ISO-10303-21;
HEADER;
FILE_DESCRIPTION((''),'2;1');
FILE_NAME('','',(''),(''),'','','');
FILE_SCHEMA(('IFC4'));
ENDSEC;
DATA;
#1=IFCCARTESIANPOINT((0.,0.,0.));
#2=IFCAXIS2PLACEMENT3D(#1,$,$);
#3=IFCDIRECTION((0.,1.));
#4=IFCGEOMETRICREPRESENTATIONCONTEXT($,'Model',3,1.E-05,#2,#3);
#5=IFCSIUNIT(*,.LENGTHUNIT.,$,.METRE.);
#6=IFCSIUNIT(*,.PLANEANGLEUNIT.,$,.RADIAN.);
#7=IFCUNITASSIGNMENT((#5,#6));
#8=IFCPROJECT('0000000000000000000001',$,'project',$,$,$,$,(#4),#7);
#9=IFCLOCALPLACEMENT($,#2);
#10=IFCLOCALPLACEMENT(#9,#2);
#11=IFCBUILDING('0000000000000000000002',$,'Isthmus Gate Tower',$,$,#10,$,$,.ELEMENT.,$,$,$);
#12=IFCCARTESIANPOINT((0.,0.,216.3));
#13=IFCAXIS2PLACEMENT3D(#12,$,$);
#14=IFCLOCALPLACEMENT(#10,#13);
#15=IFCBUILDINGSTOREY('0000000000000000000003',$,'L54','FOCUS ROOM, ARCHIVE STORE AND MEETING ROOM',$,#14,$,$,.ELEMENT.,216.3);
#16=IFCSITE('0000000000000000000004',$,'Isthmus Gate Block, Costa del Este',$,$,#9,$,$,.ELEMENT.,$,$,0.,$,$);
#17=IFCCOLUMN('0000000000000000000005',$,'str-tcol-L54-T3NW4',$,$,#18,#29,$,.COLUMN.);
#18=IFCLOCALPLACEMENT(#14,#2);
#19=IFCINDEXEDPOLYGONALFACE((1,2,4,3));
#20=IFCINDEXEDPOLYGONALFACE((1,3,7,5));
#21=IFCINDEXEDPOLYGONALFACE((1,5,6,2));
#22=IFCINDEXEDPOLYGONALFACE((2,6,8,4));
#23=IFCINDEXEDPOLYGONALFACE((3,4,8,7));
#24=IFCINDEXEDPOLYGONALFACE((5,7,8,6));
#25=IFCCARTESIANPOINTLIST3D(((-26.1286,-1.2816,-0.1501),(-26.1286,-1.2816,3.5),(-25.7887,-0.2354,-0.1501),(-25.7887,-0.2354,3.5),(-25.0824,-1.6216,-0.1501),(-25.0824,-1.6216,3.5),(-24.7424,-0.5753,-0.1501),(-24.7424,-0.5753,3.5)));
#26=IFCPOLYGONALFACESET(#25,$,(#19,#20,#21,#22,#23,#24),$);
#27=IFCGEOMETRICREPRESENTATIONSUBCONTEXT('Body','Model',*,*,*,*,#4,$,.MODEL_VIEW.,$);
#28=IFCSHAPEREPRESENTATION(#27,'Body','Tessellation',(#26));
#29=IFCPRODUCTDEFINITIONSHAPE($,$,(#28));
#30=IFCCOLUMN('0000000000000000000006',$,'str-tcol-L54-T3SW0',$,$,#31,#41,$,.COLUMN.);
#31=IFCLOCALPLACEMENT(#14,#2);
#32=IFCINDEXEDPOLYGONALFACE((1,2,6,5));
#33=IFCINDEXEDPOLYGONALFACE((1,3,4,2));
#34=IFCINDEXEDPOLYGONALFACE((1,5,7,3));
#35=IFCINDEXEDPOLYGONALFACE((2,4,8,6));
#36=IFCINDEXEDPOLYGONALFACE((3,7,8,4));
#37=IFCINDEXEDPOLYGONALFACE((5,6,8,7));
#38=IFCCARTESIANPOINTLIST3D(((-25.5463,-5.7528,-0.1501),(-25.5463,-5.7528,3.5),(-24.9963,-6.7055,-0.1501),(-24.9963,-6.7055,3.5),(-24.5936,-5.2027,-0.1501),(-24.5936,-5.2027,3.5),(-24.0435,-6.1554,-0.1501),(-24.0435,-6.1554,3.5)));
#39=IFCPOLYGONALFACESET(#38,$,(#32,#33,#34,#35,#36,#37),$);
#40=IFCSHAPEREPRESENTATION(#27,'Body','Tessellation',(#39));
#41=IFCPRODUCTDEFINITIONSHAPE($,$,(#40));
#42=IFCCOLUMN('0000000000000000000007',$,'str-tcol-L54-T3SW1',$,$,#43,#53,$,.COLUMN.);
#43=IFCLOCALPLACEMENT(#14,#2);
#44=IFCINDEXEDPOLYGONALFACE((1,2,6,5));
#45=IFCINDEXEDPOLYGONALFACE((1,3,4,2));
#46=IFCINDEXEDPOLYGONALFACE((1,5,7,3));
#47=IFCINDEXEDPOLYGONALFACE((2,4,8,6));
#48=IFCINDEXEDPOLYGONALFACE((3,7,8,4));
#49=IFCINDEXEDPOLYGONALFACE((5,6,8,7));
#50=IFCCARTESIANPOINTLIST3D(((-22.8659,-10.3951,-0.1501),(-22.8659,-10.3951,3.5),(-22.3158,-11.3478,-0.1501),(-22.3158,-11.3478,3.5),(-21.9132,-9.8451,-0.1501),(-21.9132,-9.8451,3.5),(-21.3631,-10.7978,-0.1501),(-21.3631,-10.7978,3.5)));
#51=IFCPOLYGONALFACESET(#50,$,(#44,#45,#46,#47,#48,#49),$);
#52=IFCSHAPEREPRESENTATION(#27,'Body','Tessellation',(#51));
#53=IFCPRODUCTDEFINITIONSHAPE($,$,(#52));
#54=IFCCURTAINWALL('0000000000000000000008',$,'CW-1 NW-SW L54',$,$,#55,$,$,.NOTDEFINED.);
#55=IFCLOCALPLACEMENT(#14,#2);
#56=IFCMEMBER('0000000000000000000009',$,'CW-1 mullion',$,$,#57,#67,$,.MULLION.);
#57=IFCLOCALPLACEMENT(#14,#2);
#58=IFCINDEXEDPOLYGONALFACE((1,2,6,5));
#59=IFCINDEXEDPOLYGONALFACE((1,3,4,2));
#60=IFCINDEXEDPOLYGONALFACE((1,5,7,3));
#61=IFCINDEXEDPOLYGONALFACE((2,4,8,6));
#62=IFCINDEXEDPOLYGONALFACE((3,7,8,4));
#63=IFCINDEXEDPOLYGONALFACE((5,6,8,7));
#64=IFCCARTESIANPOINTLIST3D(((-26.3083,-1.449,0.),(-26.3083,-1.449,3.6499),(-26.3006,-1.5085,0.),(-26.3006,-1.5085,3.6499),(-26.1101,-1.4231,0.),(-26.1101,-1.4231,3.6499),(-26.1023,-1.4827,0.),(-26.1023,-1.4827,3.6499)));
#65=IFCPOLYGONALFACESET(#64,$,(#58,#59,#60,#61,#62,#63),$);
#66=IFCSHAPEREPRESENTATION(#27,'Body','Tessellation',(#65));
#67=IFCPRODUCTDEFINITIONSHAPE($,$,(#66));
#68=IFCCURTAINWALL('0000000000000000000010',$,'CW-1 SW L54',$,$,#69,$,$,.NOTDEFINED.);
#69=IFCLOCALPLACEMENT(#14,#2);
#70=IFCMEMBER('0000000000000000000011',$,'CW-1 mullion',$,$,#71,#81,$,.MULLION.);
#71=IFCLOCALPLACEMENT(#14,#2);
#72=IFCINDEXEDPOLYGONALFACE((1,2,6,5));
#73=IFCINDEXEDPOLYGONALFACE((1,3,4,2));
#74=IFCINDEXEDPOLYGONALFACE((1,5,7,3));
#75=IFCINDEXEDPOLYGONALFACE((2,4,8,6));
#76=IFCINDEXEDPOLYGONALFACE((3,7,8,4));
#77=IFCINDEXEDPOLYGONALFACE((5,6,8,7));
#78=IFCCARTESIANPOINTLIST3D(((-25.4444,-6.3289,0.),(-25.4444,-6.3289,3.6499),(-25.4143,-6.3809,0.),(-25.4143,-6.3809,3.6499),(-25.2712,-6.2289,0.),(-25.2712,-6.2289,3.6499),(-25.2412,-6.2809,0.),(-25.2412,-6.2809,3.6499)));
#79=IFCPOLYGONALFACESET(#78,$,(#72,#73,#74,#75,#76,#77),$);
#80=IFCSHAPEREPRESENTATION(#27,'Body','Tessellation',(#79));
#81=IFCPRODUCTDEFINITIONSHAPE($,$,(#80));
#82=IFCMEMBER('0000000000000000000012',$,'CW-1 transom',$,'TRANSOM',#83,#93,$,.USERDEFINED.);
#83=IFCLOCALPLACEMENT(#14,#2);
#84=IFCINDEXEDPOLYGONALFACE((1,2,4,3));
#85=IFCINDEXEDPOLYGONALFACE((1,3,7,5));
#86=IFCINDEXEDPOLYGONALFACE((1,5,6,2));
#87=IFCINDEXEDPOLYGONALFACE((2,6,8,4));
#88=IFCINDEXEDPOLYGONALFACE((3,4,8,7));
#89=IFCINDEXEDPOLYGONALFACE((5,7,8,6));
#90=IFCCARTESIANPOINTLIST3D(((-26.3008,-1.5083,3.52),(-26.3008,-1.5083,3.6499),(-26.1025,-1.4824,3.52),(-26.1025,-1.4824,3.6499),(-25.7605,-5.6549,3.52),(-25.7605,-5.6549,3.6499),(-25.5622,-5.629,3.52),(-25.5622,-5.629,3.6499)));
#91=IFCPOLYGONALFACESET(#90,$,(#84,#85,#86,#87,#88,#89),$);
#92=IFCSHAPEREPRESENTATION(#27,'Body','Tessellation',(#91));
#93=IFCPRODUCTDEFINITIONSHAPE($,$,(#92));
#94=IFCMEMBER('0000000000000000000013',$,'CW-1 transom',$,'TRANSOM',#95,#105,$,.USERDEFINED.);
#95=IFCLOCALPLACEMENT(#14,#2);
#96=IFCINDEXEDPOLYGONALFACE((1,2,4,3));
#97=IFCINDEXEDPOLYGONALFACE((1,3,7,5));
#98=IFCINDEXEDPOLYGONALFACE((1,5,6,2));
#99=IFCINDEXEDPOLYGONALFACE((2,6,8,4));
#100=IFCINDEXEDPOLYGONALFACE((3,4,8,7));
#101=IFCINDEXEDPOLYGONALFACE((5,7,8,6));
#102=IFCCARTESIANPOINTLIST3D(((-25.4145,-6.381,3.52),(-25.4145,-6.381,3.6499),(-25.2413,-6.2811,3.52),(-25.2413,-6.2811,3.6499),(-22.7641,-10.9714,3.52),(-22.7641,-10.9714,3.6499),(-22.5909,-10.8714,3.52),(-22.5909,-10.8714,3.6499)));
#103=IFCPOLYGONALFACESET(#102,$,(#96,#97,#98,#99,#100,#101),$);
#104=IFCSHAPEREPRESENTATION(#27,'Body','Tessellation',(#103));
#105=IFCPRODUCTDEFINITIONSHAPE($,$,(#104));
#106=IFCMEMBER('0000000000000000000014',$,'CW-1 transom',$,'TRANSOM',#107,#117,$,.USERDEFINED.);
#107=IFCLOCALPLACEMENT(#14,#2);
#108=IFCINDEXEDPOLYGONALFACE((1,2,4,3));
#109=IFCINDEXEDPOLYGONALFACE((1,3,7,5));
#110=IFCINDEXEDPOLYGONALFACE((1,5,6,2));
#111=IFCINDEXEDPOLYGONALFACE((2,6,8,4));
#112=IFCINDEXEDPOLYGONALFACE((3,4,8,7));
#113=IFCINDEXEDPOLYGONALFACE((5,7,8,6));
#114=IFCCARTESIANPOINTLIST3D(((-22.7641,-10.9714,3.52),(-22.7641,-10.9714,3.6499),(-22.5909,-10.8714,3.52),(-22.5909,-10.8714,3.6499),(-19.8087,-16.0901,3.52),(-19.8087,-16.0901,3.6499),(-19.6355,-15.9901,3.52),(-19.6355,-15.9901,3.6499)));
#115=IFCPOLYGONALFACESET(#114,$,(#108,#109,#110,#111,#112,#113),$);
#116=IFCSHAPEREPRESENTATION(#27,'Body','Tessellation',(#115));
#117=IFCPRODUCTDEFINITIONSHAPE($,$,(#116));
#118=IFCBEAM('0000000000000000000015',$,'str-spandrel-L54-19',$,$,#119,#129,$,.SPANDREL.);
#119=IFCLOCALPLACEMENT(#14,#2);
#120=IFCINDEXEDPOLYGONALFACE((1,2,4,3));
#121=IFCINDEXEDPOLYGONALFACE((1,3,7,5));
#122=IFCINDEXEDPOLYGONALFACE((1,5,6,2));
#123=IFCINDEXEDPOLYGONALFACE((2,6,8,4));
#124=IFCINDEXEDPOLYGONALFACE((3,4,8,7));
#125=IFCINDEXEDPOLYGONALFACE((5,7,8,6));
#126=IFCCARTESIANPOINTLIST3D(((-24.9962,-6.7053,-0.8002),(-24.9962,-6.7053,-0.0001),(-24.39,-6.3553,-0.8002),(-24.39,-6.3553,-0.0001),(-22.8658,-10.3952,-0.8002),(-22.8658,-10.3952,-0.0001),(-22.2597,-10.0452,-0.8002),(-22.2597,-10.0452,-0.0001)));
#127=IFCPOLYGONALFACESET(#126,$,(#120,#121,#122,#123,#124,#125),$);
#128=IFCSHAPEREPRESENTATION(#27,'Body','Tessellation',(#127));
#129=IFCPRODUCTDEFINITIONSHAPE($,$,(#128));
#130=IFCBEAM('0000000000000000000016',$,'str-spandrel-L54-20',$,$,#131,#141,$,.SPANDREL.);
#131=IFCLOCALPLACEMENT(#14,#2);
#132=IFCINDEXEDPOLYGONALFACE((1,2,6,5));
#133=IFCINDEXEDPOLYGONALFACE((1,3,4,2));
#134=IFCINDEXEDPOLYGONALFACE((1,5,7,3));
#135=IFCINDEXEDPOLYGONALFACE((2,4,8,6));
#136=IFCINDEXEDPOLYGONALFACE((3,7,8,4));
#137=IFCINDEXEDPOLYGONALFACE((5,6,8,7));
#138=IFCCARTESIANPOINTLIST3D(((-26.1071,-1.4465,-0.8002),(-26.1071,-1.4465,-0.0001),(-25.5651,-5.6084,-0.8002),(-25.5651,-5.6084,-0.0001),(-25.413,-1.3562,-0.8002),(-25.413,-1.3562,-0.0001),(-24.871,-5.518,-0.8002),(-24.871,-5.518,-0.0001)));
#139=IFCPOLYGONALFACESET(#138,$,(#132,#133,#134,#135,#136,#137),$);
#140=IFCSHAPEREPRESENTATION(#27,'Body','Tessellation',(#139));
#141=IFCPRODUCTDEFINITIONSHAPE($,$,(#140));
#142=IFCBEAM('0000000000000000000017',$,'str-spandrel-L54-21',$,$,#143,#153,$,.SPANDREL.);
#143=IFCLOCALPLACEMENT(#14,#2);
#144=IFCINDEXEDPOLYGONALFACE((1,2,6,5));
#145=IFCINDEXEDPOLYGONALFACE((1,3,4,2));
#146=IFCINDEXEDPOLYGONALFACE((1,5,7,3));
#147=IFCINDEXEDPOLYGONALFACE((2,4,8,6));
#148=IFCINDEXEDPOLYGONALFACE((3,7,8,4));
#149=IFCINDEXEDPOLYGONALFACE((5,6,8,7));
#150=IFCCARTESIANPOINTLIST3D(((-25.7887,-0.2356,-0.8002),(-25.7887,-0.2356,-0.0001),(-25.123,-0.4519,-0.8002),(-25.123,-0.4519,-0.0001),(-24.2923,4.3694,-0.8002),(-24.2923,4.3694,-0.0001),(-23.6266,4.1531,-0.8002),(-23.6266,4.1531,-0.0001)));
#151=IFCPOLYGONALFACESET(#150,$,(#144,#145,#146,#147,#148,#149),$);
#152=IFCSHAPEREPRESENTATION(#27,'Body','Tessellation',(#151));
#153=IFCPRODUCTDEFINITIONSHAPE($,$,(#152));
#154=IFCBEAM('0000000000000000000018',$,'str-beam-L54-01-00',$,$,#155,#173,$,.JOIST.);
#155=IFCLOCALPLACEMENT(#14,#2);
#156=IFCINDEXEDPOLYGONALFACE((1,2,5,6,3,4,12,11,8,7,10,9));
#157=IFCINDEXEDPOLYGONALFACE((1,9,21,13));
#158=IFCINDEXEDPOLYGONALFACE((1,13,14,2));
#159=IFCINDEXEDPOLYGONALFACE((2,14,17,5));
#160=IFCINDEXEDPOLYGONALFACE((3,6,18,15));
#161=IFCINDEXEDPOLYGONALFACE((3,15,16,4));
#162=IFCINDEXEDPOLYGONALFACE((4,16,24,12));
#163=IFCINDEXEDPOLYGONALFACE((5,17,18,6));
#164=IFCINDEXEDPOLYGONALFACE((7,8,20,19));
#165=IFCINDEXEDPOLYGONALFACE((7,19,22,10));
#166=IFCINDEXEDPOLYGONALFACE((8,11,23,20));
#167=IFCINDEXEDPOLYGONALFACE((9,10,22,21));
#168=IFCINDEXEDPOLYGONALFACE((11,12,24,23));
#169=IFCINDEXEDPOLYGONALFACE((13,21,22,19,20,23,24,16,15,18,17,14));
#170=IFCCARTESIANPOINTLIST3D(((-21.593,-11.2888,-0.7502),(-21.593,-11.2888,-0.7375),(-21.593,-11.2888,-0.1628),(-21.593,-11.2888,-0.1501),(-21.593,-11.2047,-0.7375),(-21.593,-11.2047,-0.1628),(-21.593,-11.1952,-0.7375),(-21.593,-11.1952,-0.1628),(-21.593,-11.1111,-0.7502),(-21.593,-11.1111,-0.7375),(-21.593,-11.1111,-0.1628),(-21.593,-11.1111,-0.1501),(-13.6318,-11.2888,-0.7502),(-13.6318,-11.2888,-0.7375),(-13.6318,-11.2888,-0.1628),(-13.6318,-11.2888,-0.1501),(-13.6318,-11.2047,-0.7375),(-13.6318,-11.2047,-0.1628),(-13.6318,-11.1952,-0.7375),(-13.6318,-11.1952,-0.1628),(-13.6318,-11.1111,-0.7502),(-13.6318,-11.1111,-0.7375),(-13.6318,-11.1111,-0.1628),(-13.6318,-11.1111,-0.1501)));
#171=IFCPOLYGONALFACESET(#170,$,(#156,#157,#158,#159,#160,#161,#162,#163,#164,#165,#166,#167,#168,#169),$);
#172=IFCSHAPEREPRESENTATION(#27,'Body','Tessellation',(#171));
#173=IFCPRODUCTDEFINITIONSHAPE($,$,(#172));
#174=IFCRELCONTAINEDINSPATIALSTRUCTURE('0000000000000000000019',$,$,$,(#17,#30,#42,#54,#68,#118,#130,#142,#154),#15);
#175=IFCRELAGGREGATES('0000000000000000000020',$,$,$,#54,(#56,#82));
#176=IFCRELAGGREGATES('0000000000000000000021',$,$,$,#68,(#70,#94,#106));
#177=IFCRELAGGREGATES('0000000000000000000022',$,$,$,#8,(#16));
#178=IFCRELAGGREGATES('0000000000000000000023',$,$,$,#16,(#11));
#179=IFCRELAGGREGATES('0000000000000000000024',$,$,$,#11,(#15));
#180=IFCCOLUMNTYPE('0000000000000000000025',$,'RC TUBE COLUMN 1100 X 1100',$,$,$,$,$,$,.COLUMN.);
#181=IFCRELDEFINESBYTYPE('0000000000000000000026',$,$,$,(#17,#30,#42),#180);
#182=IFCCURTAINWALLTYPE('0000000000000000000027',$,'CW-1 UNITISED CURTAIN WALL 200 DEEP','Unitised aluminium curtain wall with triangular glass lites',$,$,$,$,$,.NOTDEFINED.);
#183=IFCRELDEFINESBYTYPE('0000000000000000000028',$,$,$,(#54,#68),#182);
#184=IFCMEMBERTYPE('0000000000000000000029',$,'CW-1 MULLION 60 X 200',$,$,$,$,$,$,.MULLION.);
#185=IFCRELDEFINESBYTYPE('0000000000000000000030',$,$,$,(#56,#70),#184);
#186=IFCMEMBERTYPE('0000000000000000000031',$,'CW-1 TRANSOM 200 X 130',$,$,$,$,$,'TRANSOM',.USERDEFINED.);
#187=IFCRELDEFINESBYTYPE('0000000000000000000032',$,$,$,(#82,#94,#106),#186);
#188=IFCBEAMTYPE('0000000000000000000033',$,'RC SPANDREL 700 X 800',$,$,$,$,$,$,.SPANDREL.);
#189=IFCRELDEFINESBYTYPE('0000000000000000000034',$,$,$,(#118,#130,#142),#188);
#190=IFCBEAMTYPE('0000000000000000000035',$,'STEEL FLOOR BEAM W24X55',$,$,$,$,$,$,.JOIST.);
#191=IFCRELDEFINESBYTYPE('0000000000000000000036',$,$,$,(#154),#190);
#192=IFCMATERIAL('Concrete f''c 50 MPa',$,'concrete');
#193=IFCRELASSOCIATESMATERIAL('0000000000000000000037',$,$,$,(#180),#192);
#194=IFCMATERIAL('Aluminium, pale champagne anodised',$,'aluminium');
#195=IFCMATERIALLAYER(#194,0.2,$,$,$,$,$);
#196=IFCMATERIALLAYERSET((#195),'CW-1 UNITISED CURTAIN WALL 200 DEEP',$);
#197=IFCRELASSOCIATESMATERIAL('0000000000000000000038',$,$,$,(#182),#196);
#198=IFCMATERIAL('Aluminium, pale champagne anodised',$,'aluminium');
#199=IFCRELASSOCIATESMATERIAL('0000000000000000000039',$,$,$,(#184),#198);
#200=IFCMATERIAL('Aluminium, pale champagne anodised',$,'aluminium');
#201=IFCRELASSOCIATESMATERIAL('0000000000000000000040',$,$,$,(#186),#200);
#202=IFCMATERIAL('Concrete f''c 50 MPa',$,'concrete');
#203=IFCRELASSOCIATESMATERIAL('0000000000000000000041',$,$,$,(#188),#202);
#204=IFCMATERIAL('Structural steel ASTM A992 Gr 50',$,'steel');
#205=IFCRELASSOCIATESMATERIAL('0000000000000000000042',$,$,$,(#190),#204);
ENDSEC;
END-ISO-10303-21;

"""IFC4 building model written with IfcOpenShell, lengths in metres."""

from ifc_helpers import new_model, si_unit, direction, frame, origin, origin_2d, place, context, subcontext, project, spatial, rectangle, i_section, extrude, material, layer, layer_set, material_profile, profile_set, type_object, element, aggregate, save


model = new_model("IFC4")

# Units and contexts
model_context = context("Model", 3, precision=1e-05, world=origin(), true_north=direction((0.0, 1.0)))
body_context = subcontext(model_context, "Body", "Model", "MODEL_VIEW")
ifc_project = project(units=[si_unit("LENGTHUNIT", "METRE"), si_unit("PLANEANGLEUNIT", "RADIAN")], contexts=[model_context])

# Site, building, storey
site_placement = place(None, origin())
site = spatial("IfcSite", under=ifc_project, at=site_placement, Name="Isthmus Gate Block, Costa del Este", CompositionType="ELEMENT", RefElevation=0.0)
building_placement = place(site_placement, origin())
building = spatial("IfcBuilding", under=site, at=building_placement, Name="Isthmus Gate Tower", CompositionType="ELEMENT")
storey_placement = place(building_placement, frame((0.0, 0.0, 216.3)))
storey = spatial("IfcBuildingStorey", under=building, at=storey_placement, Name="L54", Description="FOCUS ROOM, ARCHIVE STORE AND MEETING ROOM", CompositionType="ELEMENT", Elevation=216.3)

# Columns
ifc_material_1 = material(Name="Concrete f'c 50 MPa", Category="concrete")
ifc_material_profile_1 = material_profile(ifc_material_1, rectangle(XDim=1.1001, YDim=1.1001, at=origin_2d()), Name="RC 1100X1100")
ifc_profile_set_1 = profile_set([ifc_material_profile_1], Name="Concrete f'c 50 MPa")
column_type = type_object("IfcColumnType", Name="RC TUBE COLUMN 1100 X 1100", PredefinedType="COLUMN", material=ifc_profile_set_1)
for number, where, z_axis, x_axis, name in (
    (1, (-25.4355, -0.9285, -0.1501), (0.0, 0.0, 1.0), (-0.309017, -0.951057, 0.0), "str-tcol-L54-T3NW4"),
    (2, (-24.7949, -5.9541, -0.1501), (0.0, 0.0, 1.0), (0.5, -0.866025, 0.0), "str-tcol-L54-T3SW0"),
    (3, (-22.1145, -10.5964, -0.1501), (0.0, 0.0, 1.0), (0.5, -0.866025, 0.0), "str-tcol-L54-T3SW1"),
):
    element("IfcColumn", number, at=place(storey_placement, frame(where, z_axis=z_axis, x_axis=x_axis)), inside=storey, type_object=column_type, Name=name, PredefinedType="COLUMN", context=body_context, shape_type="SweptSolid", body=[
        extrude(rectangle(XDim=1.1001, YDim=1.1001, at=origin_2d()), origin(), (0.0, 0.0, 1.0), 3.6501),
    ])

# Curtain walls, members
ifc_material_2 = material(Name="Aluminium, pale champagne anodised", Category="aluminium")
ifc_layer_1 = layer(ifc_material_2, 0.2)
ifc_layer_set_1 = layer_set([ifc_layer_1], Name="CW-1 UNITISED CURTAIN WALL 200 DEEP")
curtain_wall_type = type_object("IfcCurtainWallType", Name="CW-1 UNITISED CURTAIN WALL 200 DEEP", Description="Unitised aluminium curtain wall with triangular glass lites", PredefinedType="NOTDEFINED", material=ifc_layer_set_1)
curtain_wall_1_placement = place(storey_placement, origin())
curtain_wall_1 = element("IfcCurtainWall", 4, at=curtain_wall_1_placement, inside=storey, type_object=curtain_wall_type, Name="CW-1 NW-SW L54", PredefinedType="NOTDEFINED")
ifc_material_3 = material(Name="Aluminium, pale champagne anodised", Category="aluminium")
ifc_material_profile_2 = material_profile(ifc_material_3, rectangle(XDim=0.0601, YDim=0.2, at=origin_2d()), Name="60x200")
ifc_profile_set_2 = profile_set([ifc_material_profile_2], Name="Aluminium, pale champagne anodised")
member_type_1 = type_object("IfcMemberType", Name="CW-1 MULLION 60 X 200", PredefinedType="MULLION", material=ifc_profile_set_2)
member_1_placement = place(storey_placement, frame((-26.2053, -1.4658, 0.0), z_axis=(0.0, 0.0, 1.0), x_axis=(0.129165, -0.991623, 0.0)))
member_1 = element("IfcMember", 5, at=member_1_placement, type_object=member_type_1, Name="CW-1 mullion", PredefinedType="MULLION", context=body_context, shape_type="SweptSolid", body=[
    extrude(rectangle(XDim=0.0601, YDim=0.2, at=origin_2d()), origin(), (0.0, 0.0, 1.0), 3.6499),
])
curtain_wall_2_placement = place(storey_placement, origin())
curtain_wall_2 = element("IfcCurtainWall", 6, at=curtain_wall_2_placement, inside=storey, type_object=curtain_wall_type, Name="CW-1 SW L54", PredefinedType="NOTDEFINED")
member_2_placement = place(storey_placement, frame((-25.3428, -6.3049, 0.0), z_axis=(0.0, 0.0, 1.0), x_axis=(0.5, -0.866025, 0.0)))
member_2 = element("IfcMember", 7, at=member_2_placement, type_object=member_type_1, Name="CW-1 mullion", PredefinedType="MULLION", context=body_context, shape_type="SweptSolid", body=[
    extrude(rectangle(XDim=0.0601, YDim=0.2, at=origin_2d()), origin(), (0.0, 0.0, 1.0), 3.6499),
])

# Members
ifc_material_4 = material(Name="Aluminium, pale champagne anodised", Category="aluminium")
ifc_material_profile_3 = material_profile(ifc_material_4, rectangle(XDim=0.2, YDim=0.1299, at=origin_2d()), Name="200x130")
ifc_profile_set_3 = profile_set([ifc_material_profile_3], Name="Aluminium, pale champagne anodised")
member_type_2 = type_object("IfcMemberType", Name="CW-1 TRANSOM 200 X 130", ElementType="TRANSOM", PredefinedType="USERDEFINED", material=ifc_profile_set_3)
member_3_placement = place(storey_placement, frame((-26.2017, -1.4954, 3.585), z_axis=(0.129207, -0.991618, 0.0), x_axis=(0.991618, 0.129207, 0.0)))
member_3 = element("IfcMember", 8, at=member_3_placement, type_object=member_type_2, Name="CW-1 transom", ObjectType="TRANSOM", PredefinedType="USERDEFINED", context=body_context, shape_type="SweptSolid", body=[
    extrude(rectangle(XDim=0.2, YDim=0.1299, at=origin_2d()), origin(), (0.0, 0.0, 1.0), 4.1816),
])
member_4_placement = place(storey_placement, frame((-25.3279, -6.3311, 3.585), z_axis=(0.500023, -0.866012, 0.0), x_axis=(0.866012, 0.500023, 0.0)))
member_4 = element("IfcMember", 9, at=member_4_placement, type_object=member_type_2, Name="CW-1 transom", ObjectType="TRANSOM", PredefinedType="USERDEFINED", context=body_context, shape_type="SweptSolid", body=[
    extrude(rectangle(XDim=0.2, YDim=0.1299, at=origin_2d()), origin(), (0.0, 0.0, 1.0), 5.3005),
])
member_5_placement = place(storey_placement, frame((-22.6775, -10.9214, 3.585), z_axis=(0.500008, -0.86602, 0.0), x_axis=(0.86602, 0.500008, 0.0)))
member_5 = element("IfcMember", 10, at=member_5_placement, type_object=member_type_2, Name="CW-1 transom", ObjectType="TRANSOM", PredefinedType="USERDEFINED", context=body_context, shape_type="SweptSolid", body=[
    extrude(rectangle(XDim=0.2, YDim=0.1299, at=origin_2d()), origin(), (0.0, 0.0, 1.0), 5.9106),
])

# Beams
ifc_material_5 = material(Name="Concrete f'c 50 MPa", Category="concrete")
ifc_material_profile_4 = material_profile(ifc_material_5, rectangle(XDim=0.7, YDim=0.8, at=origin_2d()), Name="RC 700X800")
ifc_profile_set_4 = profile_set([ifc_material_profile_4], Name="Concrete f'c 50 MPa")
beam_type_1 = type_object("IfcBeamType", Name="RC SPANDREL 700 X 800", PredefinedType="SPANDREL", material=ifc_profile_set_4)
beam_1_placement = place(storey_placement, frame((-22.5627, -10.2202, -0.4001), z_axis=(-0.499997, 0.866027, 0.0), x_axis=(-0.866027, -0.499997, 0.0)))
element("IfcBeam", 11, at=beam_1_placement, inside=storey, type_object=beam_type_1, Name="str-spandrel-L54-19", PredefinedType="SPANDREL", context=body_context, shape_type="SweptSolid", body=[
    extrude(rectangle(XDim=0.7, YDim=0.8, at=origin_2d()), origin(), (0.0, 0.0, 1.0), 4.2607),
])
beam_2_placement = place(storey_placement, frame((-25.218, -5.5632, -0.4001), z_axis=(-0.129138, 0.991627, 0.0), x_axis=(-0.991627, -0.129138, 0.0)))
element("IfcBeam", 12, at=beam_2_placement, inside=storey, type_object=beam_type_1, Name="str-spandrel-L54-20", PredefinedType="SPANDREL", context=body_context, shape_type="SweptSolid", body=[
    extrude(rectangle(XDim=0.7, YDim=0.8, at=origin_2d()), origin(), (0.0, 0.0, 1.0), 4.197),
])
beam_3_placement = place(storey_placement, frame((-25.4558, -0.3438, -0.4001), z_axis=(0.309034, 0.951051, 0.0), x_axis=(-0.951051, 0.309034, 0.0)))
element("IfcBeam", 13, at=beam_3_placement, inside=storey, type_object=beam_type_1, Name="str-spandrel-L54-21", PredefinedType="SPANDREL", context=body_context, shape_type="SweptSolid", body=[
    extrude(rectangle(XDim=0.7, YDim=0.8, at=origin_2d()), origin(), (0.0, 0.0, 1.0), 4.842),
])
ifc_material_6 = material(Name="Structural steel ASTM A992 Gr 50", Category="steel")
ifc_material_profile_5 = material_profile(ifc_material_6, i_section(OverallWidth=0.1777, OverallDepth=0.6001, WebThickness=0.0095, FlangeThickness=0.0127, at=origin_2d()), Name="W24X55")
ifc_profile_set_5 = profile_set([ifc_material_profile_5], Name="Structural steel ASTM A992 Gr 50")
beam_type_2 = type_object("IfcBeamType", Name="STEEL FLOOR BEAM W24X55", PredefinedType="JOIST", material=ifc_profile_set_5)
beam_4_placement = place(storey_placement, frame((-21.593, -11.2, -0.4502), z_axis=(1.0, 0.0, 0.0), x_axis=(0.0, 1.0, 0.0)))
element("IfcBeam", 14, at=beam_4_placement, inside=storey, type_object=beam_type_2, Name="str-beam-L54-01-00", PredefinedType="JOIST", context=body_context, shape_type="SweptSolid", body=[
    extrude(i_section(OverallWidth=0.1777, OverallDepth=0.6001, WebThickness=0.0095, FlangeThickness=0.0127, at=origin_2d()), origin(), (0.0, 0.0, 1.0), 7.9612),
])

aggregate(curtain_wall_1, [member_1, member_3])
aggregate(curtain_wall_2, [member_2, member_4, member_5])

save(model, "model.ifc")
